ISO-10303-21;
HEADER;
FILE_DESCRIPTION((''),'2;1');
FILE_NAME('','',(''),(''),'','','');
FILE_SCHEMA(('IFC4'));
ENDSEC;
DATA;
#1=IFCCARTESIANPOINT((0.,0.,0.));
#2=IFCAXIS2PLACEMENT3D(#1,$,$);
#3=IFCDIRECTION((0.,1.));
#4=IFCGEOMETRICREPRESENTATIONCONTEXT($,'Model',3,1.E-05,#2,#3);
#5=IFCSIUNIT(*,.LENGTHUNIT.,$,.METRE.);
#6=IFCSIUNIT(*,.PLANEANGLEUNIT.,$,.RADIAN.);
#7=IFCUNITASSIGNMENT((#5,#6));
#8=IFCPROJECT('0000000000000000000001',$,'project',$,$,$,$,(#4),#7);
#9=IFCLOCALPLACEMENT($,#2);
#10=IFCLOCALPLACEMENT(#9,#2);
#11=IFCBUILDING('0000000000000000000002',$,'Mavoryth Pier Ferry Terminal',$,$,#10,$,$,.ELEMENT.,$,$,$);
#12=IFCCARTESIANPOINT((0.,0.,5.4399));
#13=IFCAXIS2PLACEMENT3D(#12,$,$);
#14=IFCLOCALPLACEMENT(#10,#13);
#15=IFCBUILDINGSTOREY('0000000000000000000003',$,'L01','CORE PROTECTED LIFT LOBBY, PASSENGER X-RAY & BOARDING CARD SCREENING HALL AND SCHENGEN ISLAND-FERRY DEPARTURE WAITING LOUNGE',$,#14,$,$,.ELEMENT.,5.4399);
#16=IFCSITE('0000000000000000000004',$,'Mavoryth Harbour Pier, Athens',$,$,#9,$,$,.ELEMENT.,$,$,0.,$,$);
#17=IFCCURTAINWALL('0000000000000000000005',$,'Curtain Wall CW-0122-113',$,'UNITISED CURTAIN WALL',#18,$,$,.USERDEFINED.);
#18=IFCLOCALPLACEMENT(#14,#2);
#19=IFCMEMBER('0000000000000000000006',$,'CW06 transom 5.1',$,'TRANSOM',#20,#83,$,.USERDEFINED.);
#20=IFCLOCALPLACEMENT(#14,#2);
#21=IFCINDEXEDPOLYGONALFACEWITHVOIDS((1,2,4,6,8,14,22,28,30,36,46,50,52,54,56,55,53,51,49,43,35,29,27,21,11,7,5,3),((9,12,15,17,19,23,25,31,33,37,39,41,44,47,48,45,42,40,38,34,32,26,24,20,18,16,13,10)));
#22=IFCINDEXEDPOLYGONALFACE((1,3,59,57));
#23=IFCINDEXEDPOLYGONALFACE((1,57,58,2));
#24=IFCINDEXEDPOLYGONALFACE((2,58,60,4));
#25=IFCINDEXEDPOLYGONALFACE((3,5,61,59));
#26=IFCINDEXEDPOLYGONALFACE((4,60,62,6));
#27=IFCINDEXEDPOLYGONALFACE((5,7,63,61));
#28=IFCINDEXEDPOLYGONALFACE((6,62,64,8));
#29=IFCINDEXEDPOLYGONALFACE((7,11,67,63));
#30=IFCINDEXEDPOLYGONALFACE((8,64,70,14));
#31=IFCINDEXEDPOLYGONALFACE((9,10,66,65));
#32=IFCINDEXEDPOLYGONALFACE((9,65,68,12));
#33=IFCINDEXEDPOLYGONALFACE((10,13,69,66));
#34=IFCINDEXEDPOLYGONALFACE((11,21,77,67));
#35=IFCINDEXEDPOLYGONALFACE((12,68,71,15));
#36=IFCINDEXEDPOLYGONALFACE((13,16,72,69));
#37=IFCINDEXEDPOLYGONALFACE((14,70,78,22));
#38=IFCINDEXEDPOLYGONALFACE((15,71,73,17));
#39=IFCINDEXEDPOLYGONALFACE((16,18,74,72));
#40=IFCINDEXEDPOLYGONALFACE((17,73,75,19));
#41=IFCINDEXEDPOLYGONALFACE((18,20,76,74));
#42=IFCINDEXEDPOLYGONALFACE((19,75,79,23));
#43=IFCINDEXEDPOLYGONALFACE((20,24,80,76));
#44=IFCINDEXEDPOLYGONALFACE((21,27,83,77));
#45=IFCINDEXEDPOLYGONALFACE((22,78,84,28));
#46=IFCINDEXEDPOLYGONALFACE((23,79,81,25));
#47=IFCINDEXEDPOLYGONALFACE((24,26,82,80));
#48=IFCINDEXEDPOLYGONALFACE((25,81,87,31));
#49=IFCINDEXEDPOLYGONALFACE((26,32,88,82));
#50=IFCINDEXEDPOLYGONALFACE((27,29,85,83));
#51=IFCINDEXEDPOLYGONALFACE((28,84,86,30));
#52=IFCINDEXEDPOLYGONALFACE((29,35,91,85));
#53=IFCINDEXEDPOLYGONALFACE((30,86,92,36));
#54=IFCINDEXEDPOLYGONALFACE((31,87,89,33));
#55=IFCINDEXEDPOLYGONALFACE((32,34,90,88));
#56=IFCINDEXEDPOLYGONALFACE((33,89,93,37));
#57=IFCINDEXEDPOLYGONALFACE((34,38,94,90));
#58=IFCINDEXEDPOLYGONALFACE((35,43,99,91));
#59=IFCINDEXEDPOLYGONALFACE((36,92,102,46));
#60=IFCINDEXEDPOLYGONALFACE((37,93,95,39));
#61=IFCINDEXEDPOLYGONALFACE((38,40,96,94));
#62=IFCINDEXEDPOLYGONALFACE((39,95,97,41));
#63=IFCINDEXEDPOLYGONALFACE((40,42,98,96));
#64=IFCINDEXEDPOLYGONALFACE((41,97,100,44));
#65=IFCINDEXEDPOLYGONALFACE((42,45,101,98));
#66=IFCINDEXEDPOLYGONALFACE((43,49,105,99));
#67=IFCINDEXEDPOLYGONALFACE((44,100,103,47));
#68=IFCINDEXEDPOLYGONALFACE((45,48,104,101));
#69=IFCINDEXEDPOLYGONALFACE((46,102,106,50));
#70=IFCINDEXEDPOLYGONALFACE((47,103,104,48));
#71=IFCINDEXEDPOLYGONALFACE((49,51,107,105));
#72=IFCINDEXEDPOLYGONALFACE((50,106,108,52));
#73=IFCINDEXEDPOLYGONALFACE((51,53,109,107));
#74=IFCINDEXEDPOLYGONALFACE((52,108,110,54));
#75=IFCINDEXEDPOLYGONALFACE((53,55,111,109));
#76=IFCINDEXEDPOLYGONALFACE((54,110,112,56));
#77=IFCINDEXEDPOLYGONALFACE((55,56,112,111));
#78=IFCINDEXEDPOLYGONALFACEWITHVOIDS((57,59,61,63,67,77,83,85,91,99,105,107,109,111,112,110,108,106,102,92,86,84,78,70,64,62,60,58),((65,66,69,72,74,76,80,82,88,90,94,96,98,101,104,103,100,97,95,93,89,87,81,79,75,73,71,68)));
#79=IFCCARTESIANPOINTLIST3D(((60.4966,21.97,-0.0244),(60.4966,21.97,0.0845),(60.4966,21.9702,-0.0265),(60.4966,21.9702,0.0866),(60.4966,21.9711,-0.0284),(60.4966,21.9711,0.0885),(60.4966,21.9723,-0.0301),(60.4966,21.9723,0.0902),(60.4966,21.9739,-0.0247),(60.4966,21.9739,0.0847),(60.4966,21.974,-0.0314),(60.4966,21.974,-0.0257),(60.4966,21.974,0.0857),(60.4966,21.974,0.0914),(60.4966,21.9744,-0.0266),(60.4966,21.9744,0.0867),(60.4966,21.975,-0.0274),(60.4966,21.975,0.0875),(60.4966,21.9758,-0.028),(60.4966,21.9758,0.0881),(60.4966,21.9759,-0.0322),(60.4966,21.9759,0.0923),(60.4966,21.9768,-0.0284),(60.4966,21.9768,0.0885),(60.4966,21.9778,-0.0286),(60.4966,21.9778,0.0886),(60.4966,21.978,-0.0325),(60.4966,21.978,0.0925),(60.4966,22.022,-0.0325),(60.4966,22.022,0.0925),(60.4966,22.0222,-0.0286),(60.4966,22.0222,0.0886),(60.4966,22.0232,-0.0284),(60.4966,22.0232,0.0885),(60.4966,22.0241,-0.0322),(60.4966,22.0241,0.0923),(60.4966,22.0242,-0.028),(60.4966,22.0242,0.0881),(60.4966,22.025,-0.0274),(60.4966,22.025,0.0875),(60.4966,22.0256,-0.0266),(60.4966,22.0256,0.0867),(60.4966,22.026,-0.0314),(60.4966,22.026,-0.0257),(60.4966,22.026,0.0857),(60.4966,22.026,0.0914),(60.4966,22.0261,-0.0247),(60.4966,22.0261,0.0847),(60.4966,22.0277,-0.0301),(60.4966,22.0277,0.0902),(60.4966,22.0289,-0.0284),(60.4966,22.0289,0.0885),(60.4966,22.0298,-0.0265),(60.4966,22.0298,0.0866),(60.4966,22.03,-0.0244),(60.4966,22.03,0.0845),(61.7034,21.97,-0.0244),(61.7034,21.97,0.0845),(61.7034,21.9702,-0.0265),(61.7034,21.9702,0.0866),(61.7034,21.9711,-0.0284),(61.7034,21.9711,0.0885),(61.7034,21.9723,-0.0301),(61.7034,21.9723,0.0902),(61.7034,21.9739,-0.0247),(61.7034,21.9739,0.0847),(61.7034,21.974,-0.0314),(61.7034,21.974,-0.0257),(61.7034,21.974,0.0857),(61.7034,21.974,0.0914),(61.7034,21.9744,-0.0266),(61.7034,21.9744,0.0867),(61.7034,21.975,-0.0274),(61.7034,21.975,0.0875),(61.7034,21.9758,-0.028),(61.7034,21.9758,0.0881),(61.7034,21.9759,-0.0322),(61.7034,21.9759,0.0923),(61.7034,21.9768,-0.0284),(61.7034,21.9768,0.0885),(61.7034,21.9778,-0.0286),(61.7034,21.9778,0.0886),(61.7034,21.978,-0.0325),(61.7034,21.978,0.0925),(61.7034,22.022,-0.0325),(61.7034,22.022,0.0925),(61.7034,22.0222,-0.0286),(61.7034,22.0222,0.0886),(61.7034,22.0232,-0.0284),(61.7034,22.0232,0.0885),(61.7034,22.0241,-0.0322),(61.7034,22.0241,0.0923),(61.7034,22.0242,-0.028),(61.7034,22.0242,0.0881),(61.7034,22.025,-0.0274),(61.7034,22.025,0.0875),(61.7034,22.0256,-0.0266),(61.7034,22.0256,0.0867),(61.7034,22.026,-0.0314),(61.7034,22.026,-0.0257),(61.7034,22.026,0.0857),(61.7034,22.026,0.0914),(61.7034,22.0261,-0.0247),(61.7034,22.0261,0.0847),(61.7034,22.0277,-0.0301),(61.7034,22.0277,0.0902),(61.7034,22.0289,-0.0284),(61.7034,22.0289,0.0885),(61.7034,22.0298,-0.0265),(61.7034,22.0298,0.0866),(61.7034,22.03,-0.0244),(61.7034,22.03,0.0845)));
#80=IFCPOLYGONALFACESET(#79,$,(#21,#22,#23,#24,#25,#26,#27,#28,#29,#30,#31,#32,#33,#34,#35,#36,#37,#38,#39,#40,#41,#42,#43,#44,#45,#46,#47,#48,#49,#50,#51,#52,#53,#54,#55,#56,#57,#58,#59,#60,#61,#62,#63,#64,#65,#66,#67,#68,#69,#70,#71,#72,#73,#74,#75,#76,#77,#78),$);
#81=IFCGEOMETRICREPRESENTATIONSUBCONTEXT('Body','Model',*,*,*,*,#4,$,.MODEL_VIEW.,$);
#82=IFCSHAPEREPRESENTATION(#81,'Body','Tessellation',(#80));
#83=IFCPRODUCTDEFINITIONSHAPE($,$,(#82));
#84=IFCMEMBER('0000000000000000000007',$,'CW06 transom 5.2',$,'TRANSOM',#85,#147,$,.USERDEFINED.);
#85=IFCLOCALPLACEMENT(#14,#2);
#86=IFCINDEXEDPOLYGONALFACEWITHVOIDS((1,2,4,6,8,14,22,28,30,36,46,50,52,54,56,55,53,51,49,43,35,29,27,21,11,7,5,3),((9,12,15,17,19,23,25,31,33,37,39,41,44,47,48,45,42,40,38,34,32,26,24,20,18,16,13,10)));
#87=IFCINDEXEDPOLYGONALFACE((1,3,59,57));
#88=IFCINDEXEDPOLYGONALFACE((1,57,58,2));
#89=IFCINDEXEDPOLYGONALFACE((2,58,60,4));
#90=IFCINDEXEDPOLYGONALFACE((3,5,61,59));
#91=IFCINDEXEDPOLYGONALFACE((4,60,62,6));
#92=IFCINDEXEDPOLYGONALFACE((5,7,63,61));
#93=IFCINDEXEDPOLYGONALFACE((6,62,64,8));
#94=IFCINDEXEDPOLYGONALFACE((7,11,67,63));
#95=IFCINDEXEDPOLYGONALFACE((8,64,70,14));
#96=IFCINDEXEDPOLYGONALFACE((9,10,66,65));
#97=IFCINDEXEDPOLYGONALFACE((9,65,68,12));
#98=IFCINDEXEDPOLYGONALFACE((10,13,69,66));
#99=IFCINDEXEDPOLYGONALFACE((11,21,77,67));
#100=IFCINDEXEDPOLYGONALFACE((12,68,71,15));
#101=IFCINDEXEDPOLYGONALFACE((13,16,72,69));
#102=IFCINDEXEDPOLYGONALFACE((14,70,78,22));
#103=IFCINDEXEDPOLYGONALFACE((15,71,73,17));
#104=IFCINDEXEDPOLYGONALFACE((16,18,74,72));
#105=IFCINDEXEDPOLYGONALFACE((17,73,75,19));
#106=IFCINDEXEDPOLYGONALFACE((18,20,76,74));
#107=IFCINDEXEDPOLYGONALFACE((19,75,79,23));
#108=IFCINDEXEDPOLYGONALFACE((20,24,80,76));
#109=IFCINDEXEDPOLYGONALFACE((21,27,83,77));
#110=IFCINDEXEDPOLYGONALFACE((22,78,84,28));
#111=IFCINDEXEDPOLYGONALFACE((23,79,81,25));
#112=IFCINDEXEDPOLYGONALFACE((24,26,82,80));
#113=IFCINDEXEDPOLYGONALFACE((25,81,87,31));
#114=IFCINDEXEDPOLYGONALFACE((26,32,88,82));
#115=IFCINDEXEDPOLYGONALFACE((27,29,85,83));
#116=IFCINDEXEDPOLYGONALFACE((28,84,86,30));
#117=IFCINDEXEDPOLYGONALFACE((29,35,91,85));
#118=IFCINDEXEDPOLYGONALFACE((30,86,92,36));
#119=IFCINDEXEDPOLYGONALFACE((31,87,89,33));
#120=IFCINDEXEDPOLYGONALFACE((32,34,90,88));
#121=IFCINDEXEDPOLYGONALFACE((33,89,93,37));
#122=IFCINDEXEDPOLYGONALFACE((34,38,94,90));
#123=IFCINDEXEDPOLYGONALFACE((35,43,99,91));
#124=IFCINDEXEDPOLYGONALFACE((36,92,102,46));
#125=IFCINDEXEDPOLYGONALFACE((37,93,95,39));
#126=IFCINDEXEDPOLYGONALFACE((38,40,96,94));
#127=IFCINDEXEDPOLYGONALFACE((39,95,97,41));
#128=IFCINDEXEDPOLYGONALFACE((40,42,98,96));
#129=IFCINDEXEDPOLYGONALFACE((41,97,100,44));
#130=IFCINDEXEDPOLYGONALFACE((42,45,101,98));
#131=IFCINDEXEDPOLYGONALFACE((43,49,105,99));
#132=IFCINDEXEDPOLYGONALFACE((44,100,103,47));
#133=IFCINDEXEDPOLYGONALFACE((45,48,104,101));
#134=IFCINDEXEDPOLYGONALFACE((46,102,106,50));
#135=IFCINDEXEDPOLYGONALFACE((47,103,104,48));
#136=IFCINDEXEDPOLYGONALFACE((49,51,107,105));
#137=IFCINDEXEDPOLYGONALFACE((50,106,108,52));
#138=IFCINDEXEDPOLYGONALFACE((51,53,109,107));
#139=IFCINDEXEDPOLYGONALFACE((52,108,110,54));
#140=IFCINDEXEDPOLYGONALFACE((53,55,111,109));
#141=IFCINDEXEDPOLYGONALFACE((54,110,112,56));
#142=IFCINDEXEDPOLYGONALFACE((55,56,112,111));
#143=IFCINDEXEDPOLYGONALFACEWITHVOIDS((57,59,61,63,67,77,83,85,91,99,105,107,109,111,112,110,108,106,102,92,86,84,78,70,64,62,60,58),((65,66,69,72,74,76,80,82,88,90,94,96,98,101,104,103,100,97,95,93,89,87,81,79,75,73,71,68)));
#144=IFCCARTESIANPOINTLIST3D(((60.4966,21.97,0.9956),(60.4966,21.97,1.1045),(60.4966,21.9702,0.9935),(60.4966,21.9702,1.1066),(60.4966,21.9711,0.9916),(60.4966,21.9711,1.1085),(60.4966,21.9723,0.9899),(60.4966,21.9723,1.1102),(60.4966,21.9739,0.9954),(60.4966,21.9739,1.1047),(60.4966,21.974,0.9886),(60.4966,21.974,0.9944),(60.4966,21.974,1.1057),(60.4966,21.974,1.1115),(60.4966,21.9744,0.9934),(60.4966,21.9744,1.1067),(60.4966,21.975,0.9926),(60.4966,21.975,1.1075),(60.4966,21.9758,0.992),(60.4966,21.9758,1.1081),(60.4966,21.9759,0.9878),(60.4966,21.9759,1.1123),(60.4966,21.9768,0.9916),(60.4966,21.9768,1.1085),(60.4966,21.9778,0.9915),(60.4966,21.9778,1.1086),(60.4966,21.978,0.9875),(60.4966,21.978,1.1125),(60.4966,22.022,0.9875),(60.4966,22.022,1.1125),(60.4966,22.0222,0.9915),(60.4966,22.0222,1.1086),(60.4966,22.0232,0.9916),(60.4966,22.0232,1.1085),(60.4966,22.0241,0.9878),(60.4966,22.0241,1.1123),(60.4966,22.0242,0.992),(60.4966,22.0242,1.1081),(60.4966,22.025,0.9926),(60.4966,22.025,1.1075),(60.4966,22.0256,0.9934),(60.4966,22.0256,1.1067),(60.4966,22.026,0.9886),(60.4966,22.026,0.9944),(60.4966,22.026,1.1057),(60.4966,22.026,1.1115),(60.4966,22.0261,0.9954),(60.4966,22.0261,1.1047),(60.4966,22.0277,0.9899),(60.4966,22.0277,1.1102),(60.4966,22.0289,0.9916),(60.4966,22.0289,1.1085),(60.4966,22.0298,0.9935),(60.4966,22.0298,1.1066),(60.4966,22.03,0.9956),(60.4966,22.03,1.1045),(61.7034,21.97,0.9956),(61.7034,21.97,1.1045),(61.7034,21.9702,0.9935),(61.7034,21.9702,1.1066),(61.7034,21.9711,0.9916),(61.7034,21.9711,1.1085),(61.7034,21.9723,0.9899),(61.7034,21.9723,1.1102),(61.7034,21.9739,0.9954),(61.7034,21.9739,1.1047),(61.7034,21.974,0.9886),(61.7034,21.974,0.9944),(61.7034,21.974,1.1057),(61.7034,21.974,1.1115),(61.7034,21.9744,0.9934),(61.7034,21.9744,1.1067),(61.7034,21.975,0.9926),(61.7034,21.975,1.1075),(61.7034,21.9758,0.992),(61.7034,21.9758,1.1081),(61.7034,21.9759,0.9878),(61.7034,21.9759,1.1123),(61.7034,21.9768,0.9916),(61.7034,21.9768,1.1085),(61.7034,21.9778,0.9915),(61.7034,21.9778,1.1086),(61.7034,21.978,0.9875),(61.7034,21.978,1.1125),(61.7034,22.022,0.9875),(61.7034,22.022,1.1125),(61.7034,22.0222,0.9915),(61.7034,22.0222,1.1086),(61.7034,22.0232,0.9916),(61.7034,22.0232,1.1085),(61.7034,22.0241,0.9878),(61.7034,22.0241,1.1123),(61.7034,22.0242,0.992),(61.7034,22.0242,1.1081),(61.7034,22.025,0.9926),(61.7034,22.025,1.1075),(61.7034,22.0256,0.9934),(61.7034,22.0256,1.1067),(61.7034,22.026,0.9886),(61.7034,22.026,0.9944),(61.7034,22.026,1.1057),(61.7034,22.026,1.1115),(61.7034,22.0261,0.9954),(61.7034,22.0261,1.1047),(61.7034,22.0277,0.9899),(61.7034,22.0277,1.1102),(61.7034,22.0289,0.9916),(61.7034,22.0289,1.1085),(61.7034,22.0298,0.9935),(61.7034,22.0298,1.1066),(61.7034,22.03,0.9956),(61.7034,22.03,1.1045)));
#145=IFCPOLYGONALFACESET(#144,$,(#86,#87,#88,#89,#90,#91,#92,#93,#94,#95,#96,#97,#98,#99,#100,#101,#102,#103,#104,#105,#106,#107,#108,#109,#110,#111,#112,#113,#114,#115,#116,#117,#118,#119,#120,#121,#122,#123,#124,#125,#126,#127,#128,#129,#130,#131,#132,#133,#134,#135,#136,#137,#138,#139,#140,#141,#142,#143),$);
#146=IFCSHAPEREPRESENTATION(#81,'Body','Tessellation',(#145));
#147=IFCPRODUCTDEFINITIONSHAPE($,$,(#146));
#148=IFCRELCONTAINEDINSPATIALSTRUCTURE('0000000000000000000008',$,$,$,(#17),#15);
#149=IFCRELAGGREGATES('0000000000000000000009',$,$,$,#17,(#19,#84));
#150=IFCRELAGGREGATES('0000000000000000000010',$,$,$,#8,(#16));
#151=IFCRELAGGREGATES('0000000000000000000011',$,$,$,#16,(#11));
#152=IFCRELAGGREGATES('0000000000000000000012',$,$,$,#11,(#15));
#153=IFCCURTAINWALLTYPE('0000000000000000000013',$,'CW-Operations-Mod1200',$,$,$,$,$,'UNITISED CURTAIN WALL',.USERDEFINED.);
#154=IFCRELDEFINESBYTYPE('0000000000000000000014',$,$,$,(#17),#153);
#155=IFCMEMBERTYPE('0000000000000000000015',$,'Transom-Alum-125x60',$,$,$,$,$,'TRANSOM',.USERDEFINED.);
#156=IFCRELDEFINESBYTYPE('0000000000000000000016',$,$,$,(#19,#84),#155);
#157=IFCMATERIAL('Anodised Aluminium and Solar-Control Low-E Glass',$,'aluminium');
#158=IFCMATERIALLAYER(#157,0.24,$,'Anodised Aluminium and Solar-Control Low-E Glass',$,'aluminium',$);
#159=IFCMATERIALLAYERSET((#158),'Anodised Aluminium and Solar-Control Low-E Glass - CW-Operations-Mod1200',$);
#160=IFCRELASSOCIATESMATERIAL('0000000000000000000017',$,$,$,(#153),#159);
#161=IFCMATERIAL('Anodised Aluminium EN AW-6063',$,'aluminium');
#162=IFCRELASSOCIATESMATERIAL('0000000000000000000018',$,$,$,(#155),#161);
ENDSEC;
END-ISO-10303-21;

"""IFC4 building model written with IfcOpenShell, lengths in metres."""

from ifc_helpers import new_model, si_unit, direction, frame, origin, origin_2d, place, context, subcontext, project, spatial, hollow_rectangle, extrude, material, layer, layer_set, material_profile, profile_set, type_object, element, aggregate, save


model = new_model("IFC4")

# Units and contexts
model_context = context("Model", 3, precision=1e-05, world=origin(), true_north=direction((0.0, 1.0)))
body_context = subcontext(model_context, "Body", "Model", "MODEL_VIEW")
ifc_project = project(units=[si_unit("LENGTHUNIT", "METRE"), si_unit("PLANEANGLEUNIT", "RADIAN")], contexts=[model_context])

# Site, building, storey
site_placement = place(None, origin())
site = spatial("IfcSite", under=ifc_project, at=site_placement, Name="Mavoryth Harbour Pier, Athens", CompositionType="ELEMENT", RefElevation=0.0)
building_placement = place(site_placement, origin())
building = spatial("IfcBuilding", under=site, at=building_placement, Name="Mavoryth Pier Ferry Terminal", CompositionType="ELEMENT")
storey_placement = place(building_placement, frame((0.0, 0.0, 5.4399)))
storey = spatial("IfcBuildingStorey", under=building, at=storey_placement, Name="L01", Description="CORE PROTECTED LIFT LOBBY, PASSENGER X-RAY & BOARDING CARD SCREENING HALL AND SCHENGEN ISLAND-FERRY DEPARTURE WAITING LOUNGE", CompositionType="ELEMENT", Elevation=5.4399)

# Curtain wall
ifc_material_1 = material(Name="Anodised Aluminium and Solar-Control Low-E Glass", Category="aluminium")
ifc_layer_1 = layer(ifc_material_1, 0.24, Name="Anodised Aluminium and Solar-Control Low-E Glass", Category="aluminium")
ifc_layer_set_1 = layer_set([ifc_layer_1], Name="Anodised Aluminium and Solar-Control Low-E Glass - CW-Operations-Mod1200")
curtain_wall_type = type_object("IfcCurtainWallType", Name="CW-Operations-Mod1200", ElementType="UNITISED CURTAIN WALL", PredefinedType="USERDEFINED", material=ifc_layer_set_1)
curtain_wall_placement = place(storey_placement, origin())
curtain_wall = element("IfcCurtainWall", 1, at=curtain_wall_placement, inside=storey, type_object=curtain_wall_type, Name="Curtain Wall CW-0122-113", ObjectType="UNITISED CURTAIN WALL", PredefinedType="USERDEFINED")
ifc_material_2 = material(Name="Anodised Aluminium EN AW-6063", Category="aluminium")

# Members
ifc_material_profile_1 = material_profile(ifc_material_2, hollow_rectangle(XDim=0.0601, YDim=0.125, WallThickness=0.0039, InnerFilletRadius=0.0039, OuterFilletRadius=0.0081, at=origin_2d()), Name="AL-TRAN 125x60x4", Category="aluminium")
ifc_profile_set_1 = profile_set([ifc_material_profile_1], Name="Anodised Aluminium EN AW-6063 - AL-TRAN 125x60x4")
member_type_1 = type_object("IfcMemberType", Name="Transom-Alum-125x60", ElementType="TRANSOM", PredefinedType="USERDEFINED", material=ifc_profile_set_1)
member_1_placement = place(storey_placement, frame((61.7034, 22.0, 0.03), z_axis=(-1.0, 0.0, 0.0), x_axis=(0.0, -1.0, 0.0)))
member_1 = element("IfcMember", 2, at=member_1_placement, type_object=member_type_1, Name="CW06 transom 5.1", ObjectType="TRANSOM", PredefinedType="USERDEFINED", context=body_context, shape_type="SweptSolid", body=[
    extrude(hollow_rectangle(XDim=0.0601, YDim=0.125, WallThickness=0.0039, InnerFilletRadius=0.0039, OuterFilletRadius=0.0081, at=origin_2d()), origin(), (0.0, 0.0, 1.0), 1.2068),
])
member_2_placement = place(storey_placement, frame((61.7034, 22.0, 1.05), z_axis=(-1.0, 0.0, 0.0), x_axis=(0.0, -1.0, 0.0)))
member_2 = element("IfcMember", 3, at=member_2_placement, type_object=member_type_1, Name="CW06 transom 5.2", ObjectType="TRANSOM", PredefinedType="USERDEFINED", context=body_context, shape_type="SweptSolid", body=[
    extrude(hollow_rectangle(XDim=0.0601, YDim=0.125, WallThickness=0.0039, InnerFilletRadius=0.0039, OuterFilletRadius=0.0081, at=origin_2d()), origin(), (0.0, 0.0, 1.0), 1.2068),
])

aggregate(curtain_wall, [member_1, member_2])

save(model, "model.ifc")
